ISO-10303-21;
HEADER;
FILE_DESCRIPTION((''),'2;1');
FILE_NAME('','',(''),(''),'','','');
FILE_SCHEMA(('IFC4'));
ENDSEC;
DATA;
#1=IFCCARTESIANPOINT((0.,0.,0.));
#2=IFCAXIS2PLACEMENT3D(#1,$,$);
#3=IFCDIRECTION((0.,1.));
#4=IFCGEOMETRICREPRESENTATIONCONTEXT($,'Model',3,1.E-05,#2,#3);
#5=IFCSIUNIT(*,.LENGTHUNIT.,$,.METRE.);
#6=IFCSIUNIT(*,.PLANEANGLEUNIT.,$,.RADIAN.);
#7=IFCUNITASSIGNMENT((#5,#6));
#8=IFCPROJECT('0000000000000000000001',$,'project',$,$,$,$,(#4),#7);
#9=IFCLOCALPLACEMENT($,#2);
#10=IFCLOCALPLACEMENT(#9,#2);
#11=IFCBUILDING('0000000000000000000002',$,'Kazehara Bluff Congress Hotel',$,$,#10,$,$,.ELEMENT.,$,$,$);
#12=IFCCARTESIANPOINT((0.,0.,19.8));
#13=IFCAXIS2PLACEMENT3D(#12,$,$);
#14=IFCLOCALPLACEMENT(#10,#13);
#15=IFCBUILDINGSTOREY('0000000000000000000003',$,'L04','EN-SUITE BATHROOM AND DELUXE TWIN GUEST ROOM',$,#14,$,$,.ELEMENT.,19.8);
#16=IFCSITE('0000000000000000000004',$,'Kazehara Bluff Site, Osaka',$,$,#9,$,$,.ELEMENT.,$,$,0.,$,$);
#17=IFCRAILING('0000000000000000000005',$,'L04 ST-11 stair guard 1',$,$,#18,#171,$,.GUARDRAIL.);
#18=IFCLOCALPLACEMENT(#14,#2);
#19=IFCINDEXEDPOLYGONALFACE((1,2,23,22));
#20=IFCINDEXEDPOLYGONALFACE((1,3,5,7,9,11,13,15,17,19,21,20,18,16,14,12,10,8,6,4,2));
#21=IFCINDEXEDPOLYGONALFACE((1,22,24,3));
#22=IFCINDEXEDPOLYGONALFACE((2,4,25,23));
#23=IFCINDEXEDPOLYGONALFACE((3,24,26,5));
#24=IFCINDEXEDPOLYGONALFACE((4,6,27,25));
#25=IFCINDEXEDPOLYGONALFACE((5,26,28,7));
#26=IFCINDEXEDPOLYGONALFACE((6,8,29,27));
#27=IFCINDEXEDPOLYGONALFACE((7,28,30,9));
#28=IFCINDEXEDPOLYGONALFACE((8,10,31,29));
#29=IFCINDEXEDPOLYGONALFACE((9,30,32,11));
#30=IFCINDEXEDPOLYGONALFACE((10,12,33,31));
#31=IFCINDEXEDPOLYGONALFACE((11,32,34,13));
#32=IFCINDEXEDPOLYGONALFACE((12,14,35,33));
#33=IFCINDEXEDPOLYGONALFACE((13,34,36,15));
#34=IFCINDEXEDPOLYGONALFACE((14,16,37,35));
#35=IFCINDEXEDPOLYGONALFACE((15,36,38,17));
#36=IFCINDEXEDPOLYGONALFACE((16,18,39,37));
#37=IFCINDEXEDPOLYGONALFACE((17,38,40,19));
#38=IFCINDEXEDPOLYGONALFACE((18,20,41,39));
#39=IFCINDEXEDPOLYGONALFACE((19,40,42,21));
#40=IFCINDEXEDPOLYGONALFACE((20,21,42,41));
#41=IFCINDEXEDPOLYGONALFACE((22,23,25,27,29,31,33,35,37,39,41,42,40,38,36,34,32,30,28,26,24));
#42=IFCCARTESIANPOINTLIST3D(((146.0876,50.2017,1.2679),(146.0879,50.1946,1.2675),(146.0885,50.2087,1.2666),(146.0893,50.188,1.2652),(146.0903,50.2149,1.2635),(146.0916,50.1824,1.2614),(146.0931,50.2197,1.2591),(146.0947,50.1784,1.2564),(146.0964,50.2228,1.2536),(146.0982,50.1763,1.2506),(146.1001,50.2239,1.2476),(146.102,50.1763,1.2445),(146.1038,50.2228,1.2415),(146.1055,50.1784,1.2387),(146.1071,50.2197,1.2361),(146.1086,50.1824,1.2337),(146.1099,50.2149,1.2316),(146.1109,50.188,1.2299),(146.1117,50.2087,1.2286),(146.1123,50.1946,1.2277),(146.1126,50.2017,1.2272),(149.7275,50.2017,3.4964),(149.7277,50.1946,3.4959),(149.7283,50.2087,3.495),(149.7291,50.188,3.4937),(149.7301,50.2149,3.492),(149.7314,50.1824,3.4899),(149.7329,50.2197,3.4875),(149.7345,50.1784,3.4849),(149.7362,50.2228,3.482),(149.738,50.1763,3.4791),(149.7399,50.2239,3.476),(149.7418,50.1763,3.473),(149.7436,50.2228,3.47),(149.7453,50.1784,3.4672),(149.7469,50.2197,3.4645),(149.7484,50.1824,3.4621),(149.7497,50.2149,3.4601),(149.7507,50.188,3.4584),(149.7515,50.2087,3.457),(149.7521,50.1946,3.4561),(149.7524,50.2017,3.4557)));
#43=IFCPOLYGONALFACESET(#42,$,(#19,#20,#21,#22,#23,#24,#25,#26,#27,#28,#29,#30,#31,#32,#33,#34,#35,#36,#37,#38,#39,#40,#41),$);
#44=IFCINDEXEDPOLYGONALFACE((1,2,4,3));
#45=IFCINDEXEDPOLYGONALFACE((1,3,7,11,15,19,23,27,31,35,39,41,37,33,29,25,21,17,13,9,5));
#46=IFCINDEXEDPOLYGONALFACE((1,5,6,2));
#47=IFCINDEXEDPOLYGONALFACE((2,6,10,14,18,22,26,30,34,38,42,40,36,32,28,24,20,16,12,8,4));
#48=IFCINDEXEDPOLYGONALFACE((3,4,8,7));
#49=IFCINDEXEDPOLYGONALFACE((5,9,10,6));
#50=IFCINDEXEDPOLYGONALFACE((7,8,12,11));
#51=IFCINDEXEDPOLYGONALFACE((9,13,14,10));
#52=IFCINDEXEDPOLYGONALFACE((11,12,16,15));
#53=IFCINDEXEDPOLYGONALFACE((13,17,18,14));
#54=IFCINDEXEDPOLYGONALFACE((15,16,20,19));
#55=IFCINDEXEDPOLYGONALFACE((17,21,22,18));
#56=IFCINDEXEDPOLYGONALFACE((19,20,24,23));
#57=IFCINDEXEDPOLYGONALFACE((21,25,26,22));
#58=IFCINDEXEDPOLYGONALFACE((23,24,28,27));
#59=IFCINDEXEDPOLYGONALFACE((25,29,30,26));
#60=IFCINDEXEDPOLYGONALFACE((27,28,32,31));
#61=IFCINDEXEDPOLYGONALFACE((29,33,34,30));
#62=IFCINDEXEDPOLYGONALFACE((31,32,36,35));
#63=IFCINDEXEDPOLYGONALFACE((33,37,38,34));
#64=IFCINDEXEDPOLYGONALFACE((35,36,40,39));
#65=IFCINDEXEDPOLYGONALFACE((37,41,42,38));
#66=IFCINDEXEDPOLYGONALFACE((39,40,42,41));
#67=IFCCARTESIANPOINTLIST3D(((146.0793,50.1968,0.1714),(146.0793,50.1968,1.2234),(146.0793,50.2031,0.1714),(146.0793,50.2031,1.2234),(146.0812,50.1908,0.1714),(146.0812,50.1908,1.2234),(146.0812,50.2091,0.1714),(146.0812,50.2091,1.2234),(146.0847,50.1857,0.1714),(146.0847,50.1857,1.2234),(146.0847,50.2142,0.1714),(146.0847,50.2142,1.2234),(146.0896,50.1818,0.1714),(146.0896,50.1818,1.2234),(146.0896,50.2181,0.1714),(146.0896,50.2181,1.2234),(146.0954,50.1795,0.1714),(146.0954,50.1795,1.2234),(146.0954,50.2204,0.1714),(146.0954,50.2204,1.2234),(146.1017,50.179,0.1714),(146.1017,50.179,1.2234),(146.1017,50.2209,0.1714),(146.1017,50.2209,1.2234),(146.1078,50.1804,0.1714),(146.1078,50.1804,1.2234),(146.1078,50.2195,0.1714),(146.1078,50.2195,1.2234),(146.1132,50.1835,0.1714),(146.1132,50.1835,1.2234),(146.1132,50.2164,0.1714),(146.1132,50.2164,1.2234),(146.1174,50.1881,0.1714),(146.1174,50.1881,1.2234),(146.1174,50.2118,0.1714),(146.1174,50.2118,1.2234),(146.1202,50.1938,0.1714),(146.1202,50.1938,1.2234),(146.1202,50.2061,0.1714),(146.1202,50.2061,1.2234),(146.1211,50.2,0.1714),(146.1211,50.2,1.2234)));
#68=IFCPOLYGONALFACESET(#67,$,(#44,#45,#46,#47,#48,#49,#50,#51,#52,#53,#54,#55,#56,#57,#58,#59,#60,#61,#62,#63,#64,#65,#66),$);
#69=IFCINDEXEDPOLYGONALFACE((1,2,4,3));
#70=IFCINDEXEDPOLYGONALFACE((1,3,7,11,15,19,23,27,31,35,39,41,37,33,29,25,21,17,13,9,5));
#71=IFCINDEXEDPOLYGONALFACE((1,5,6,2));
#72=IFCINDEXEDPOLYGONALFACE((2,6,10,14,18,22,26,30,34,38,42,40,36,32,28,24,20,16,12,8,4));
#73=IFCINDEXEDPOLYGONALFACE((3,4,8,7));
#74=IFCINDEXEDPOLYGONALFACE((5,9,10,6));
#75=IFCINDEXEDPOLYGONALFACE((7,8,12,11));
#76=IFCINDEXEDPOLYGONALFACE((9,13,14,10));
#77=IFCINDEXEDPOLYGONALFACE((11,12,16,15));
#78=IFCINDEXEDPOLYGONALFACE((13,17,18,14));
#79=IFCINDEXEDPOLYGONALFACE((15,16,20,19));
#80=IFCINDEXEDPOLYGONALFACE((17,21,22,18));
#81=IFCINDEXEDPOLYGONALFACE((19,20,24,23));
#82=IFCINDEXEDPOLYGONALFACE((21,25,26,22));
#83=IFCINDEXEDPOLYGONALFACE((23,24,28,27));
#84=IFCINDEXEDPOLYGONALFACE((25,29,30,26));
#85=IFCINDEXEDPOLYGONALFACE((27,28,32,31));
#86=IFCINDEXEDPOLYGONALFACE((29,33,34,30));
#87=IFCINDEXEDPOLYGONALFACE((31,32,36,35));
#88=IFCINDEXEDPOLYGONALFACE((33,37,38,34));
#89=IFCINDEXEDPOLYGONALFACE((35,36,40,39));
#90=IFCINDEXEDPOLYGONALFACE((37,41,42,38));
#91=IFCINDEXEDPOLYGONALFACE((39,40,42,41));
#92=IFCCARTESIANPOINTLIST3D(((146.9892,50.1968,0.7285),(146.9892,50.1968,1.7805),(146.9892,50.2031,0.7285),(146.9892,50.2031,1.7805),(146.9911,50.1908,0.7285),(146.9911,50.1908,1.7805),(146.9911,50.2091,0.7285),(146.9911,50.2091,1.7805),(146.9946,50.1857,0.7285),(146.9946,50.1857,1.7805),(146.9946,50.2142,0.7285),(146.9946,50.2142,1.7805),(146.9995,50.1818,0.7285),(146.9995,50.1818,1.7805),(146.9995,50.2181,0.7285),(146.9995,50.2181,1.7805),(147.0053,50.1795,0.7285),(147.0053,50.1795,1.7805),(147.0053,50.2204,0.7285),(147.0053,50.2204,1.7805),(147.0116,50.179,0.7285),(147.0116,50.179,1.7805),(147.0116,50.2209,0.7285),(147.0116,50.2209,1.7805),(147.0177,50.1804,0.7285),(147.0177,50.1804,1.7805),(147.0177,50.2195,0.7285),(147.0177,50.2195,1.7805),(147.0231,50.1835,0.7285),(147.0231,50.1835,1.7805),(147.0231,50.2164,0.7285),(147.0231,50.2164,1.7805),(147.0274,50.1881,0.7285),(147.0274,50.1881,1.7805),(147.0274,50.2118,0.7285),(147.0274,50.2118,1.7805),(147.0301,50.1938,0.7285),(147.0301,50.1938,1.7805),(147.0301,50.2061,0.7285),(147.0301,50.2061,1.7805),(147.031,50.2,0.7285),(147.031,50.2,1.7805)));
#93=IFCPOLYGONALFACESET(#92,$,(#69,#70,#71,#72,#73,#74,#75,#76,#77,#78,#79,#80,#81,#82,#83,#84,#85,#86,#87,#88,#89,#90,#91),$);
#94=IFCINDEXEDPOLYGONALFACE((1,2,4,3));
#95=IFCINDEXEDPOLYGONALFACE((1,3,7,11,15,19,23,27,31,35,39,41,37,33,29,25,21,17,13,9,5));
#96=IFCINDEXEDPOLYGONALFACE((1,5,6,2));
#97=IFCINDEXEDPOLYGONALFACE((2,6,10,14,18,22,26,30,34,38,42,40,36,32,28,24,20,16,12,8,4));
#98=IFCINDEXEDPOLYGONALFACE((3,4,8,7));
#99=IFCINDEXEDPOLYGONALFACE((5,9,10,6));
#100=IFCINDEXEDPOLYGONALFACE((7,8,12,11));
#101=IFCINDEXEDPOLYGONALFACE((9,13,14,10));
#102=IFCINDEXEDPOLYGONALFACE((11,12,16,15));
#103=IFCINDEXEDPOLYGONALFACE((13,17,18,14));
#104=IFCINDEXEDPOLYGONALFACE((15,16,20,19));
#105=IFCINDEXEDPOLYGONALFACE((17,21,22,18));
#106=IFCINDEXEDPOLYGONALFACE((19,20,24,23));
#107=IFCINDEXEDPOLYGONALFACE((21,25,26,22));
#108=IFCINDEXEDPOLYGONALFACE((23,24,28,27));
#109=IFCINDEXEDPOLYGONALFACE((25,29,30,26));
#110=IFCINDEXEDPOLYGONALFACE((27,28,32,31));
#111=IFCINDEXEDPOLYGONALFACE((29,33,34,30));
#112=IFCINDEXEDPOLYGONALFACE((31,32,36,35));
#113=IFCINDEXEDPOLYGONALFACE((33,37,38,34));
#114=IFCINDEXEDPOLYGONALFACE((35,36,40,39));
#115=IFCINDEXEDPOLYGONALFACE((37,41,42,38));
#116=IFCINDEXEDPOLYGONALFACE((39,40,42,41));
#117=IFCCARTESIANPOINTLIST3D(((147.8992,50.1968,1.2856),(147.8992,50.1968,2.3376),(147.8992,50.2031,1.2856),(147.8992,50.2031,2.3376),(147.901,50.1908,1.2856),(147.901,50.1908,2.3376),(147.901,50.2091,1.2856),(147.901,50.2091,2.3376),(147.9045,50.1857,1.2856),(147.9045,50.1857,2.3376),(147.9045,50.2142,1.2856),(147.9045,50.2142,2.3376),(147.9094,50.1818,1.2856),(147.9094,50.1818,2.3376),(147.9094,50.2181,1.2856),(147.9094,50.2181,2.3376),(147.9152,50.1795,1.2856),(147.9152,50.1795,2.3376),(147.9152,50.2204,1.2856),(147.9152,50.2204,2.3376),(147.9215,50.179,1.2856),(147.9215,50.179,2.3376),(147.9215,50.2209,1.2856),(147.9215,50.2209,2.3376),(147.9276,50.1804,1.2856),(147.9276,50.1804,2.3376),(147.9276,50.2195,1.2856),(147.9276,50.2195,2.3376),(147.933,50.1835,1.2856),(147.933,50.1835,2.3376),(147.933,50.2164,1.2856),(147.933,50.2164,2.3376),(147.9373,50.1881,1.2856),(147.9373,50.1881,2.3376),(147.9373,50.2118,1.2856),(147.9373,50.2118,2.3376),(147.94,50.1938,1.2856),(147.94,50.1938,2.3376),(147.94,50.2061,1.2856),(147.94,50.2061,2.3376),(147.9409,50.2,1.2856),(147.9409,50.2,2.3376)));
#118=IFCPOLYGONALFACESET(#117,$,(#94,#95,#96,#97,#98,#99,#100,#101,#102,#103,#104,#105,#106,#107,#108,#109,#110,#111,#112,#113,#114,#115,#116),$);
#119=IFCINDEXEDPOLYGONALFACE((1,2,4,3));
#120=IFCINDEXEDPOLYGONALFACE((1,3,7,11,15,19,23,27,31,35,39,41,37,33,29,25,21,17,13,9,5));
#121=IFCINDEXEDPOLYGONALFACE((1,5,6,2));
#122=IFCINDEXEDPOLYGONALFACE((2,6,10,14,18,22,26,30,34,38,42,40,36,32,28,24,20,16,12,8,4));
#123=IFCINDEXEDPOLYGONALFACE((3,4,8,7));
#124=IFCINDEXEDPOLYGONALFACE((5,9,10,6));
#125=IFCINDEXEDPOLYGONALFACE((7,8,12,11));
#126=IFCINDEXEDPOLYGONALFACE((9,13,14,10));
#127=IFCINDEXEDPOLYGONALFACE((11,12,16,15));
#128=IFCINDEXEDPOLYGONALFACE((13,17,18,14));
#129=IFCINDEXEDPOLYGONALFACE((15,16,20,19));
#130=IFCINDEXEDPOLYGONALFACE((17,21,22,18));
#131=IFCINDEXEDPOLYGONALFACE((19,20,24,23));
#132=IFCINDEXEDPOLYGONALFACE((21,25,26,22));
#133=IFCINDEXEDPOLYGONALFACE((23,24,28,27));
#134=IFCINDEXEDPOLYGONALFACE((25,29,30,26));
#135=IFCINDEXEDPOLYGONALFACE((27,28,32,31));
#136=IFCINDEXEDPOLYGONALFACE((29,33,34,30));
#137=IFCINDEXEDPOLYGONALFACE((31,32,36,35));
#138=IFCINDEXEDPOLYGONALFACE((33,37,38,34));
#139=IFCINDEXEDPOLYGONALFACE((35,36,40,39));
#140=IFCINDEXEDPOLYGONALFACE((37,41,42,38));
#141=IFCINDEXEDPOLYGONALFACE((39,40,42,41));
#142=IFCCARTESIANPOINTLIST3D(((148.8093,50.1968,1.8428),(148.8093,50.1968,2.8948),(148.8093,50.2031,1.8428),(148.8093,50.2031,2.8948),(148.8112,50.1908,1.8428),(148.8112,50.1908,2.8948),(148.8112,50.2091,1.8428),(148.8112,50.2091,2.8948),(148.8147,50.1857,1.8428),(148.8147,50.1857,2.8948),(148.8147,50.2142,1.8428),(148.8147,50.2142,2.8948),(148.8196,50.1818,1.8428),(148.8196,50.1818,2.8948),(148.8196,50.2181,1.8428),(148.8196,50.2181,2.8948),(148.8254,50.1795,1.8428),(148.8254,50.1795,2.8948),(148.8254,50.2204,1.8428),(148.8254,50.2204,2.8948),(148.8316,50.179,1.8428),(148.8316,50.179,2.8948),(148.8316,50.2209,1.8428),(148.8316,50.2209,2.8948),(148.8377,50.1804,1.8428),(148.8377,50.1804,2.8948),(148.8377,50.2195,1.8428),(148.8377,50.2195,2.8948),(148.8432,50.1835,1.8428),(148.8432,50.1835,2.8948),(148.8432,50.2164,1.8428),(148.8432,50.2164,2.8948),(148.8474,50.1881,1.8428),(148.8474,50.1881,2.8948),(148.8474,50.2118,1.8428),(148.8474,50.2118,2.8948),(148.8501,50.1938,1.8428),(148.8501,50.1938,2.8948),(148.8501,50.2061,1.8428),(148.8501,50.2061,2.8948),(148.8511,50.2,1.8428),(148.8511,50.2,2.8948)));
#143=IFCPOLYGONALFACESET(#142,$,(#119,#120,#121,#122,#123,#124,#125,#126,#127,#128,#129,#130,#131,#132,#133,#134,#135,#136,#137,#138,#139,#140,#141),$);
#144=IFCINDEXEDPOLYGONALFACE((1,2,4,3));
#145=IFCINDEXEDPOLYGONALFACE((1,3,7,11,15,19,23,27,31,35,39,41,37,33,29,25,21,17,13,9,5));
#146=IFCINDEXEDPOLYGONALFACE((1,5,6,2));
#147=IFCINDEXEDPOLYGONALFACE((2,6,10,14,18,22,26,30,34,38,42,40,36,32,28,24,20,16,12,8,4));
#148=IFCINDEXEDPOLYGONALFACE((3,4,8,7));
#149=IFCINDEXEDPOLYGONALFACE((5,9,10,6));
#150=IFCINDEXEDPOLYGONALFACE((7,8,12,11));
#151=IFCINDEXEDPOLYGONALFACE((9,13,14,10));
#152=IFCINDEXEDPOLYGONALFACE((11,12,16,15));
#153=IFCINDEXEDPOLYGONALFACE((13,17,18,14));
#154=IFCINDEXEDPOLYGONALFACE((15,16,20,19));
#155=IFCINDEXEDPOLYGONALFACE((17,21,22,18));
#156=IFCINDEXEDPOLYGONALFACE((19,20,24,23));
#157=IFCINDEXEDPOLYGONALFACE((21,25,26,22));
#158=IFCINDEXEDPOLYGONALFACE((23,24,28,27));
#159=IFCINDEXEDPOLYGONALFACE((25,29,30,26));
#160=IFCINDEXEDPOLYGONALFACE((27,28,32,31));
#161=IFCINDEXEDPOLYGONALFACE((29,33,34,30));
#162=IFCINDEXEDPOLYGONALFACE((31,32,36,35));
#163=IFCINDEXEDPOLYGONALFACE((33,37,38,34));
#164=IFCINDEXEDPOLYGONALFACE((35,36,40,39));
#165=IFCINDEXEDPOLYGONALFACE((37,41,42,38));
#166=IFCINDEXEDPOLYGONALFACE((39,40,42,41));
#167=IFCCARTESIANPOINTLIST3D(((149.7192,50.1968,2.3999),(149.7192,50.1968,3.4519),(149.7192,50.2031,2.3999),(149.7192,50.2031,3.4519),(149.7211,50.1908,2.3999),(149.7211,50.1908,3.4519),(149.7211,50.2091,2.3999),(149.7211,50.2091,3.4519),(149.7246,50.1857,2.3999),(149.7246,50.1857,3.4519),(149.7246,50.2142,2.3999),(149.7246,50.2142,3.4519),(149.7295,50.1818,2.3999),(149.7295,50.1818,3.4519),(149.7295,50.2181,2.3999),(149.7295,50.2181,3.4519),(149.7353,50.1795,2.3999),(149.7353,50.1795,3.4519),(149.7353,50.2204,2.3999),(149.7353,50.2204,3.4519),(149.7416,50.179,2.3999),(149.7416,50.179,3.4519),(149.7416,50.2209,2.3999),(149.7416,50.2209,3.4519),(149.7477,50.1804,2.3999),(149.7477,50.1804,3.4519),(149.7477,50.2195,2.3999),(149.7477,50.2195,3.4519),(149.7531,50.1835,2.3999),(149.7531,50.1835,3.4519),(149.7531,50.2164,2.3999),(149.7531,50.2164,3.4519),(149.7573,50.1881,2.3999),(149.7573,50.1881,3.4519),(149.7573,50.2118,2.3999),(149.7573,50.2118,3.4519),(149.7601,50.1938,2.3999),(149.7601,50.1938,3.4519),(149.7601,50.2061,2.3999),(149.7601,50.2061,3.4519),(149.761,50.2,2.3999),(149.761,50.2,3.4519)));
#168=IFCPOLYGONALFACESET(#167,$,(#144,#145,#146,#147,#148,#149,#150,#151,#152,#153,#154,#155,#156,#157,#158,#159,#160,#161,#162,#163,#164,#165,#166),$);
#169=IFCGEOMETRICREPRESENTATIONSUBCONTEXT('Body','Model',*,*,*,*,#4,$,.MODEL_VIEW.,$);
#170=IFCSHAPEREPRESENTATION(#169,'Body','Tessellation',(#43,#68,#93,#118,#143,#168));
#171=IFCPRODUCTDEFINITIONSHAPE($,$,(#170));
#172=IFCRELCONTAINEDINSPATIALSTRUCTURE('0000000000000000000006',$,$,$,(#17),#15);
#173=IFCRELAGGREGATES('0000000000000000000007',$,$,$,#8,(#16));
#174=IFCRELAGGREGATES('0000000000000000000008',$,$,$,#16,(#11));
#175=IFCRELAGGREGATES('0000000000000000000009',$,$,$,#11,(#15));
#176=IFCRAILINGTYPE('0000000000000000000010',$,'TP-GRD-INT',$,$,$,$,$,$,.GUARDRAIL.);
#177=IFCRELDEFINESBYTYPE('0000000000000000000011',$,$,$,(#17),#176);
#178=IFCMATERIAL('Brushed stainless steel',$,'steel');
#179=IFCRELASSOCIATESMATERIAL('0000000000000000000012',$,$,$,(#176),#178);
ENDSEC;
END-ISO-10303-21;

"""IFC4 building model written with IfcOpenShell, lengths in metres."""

from ifc_helpers import new_model, si_unit, direction, frame, origin, origin_2d, place, context, subcontext, project, spatial, circle, extrude, material, type_object, element, save


model = new_model("IFC4")

# Units and contexts
model_context = context("Model", 3, precision=1e-05, world=origin(), true_north=direction((0.0, 1.0)))
body_context = subcontext(model_context, "Body", "Model", "MODEL_VIEW")
ifc_project = project(units=[si_unit("LENGTHUNIT", "METRE"), si_unit("PLANEANGLEUNIT", "RADIAN")], contexts=[model_context])

# Site, building, storey
site_placement = place(None, origin())
site = spatial("IfcSite", under=ifc_project, at=site_placement, Name="Kazehara Bluff Site, Osaka", CompositionType="ELEMENT", RefElevation=0.0)
building_placement = place(site_placement, origin())
building = spatial("IfcBuilding", under=site, at=building_placement, Name="Kazehara Bluff Congress Hotel", CompositionType="ELEMENT")
storey_placement = place(building_placement, frame((0.0, 0.0, 19.8)))
storey = spatial("IfcBuildingStorey", under=building, at=storey_placement, Name="L04", Description="EN-SUITE BATHROOM AND DELUXE TWIN GUEST ROOM", CompositionType="ELEMENT", Elevation=19.8)

# Railing
ifc_material_1 = material(Name="Brushed stainless steel", Category="steel")
railing_type_1 = type_object("IfcRailingType", Name="TP-GRD-INT", PredefinedType="GUARDRAIL", material=ifc_material_1)
railing_1_placement = place(storey_placement, frame((146.1001, 50.2, 0.1714)))
element("IfcRailing", 1, at=railing_1_placement, inside=storey, type_object=railing_type_1, Name="L04 ST-11 stair guard 1", PredefinedType="GUARDRAIL", context=body_context, shape_type="SweptSolid", body=[
    extrude(circle(Radius=0.0239, at=origin_2d()), frame((0.0, 0.0, 1.0762), z_axis=(0.85285, 0.0, 0.522156), x_axis=(0.0, 1.0, 0.0)), (0.0, 0.0, 1.0), 4.2678),
    extrude(circle(Radius=0.021, at=origin_2d()), origin(), (0.0, 0.0, 1.0), 1.052),
    extrude(circle(Radius=0.021, at=origin_2d()), frame((0.9099, 0.0, 0.5571)), (0.0, 0.0, 1.0), 1.052),
    extrude(circle(Radius=0.021, at=origin_2d()), frame((1.8198, 0.0, 1.1143)), (0.0, 0.0, 1.0), 1.052),
    extrude(circle(Radius=0.021, at=origin_2d()), frame((2.73, 0.0, 1.6714)), (0.0, 0.0, 1.0), 1.052),
    extrude(circle(Radius=0.021, at=origin_2d()), frame((3.6399, 0.0, 2.2285)), (0.0, 0.0, 1.0), 1.052),
])

save(model, "model.ifc")
